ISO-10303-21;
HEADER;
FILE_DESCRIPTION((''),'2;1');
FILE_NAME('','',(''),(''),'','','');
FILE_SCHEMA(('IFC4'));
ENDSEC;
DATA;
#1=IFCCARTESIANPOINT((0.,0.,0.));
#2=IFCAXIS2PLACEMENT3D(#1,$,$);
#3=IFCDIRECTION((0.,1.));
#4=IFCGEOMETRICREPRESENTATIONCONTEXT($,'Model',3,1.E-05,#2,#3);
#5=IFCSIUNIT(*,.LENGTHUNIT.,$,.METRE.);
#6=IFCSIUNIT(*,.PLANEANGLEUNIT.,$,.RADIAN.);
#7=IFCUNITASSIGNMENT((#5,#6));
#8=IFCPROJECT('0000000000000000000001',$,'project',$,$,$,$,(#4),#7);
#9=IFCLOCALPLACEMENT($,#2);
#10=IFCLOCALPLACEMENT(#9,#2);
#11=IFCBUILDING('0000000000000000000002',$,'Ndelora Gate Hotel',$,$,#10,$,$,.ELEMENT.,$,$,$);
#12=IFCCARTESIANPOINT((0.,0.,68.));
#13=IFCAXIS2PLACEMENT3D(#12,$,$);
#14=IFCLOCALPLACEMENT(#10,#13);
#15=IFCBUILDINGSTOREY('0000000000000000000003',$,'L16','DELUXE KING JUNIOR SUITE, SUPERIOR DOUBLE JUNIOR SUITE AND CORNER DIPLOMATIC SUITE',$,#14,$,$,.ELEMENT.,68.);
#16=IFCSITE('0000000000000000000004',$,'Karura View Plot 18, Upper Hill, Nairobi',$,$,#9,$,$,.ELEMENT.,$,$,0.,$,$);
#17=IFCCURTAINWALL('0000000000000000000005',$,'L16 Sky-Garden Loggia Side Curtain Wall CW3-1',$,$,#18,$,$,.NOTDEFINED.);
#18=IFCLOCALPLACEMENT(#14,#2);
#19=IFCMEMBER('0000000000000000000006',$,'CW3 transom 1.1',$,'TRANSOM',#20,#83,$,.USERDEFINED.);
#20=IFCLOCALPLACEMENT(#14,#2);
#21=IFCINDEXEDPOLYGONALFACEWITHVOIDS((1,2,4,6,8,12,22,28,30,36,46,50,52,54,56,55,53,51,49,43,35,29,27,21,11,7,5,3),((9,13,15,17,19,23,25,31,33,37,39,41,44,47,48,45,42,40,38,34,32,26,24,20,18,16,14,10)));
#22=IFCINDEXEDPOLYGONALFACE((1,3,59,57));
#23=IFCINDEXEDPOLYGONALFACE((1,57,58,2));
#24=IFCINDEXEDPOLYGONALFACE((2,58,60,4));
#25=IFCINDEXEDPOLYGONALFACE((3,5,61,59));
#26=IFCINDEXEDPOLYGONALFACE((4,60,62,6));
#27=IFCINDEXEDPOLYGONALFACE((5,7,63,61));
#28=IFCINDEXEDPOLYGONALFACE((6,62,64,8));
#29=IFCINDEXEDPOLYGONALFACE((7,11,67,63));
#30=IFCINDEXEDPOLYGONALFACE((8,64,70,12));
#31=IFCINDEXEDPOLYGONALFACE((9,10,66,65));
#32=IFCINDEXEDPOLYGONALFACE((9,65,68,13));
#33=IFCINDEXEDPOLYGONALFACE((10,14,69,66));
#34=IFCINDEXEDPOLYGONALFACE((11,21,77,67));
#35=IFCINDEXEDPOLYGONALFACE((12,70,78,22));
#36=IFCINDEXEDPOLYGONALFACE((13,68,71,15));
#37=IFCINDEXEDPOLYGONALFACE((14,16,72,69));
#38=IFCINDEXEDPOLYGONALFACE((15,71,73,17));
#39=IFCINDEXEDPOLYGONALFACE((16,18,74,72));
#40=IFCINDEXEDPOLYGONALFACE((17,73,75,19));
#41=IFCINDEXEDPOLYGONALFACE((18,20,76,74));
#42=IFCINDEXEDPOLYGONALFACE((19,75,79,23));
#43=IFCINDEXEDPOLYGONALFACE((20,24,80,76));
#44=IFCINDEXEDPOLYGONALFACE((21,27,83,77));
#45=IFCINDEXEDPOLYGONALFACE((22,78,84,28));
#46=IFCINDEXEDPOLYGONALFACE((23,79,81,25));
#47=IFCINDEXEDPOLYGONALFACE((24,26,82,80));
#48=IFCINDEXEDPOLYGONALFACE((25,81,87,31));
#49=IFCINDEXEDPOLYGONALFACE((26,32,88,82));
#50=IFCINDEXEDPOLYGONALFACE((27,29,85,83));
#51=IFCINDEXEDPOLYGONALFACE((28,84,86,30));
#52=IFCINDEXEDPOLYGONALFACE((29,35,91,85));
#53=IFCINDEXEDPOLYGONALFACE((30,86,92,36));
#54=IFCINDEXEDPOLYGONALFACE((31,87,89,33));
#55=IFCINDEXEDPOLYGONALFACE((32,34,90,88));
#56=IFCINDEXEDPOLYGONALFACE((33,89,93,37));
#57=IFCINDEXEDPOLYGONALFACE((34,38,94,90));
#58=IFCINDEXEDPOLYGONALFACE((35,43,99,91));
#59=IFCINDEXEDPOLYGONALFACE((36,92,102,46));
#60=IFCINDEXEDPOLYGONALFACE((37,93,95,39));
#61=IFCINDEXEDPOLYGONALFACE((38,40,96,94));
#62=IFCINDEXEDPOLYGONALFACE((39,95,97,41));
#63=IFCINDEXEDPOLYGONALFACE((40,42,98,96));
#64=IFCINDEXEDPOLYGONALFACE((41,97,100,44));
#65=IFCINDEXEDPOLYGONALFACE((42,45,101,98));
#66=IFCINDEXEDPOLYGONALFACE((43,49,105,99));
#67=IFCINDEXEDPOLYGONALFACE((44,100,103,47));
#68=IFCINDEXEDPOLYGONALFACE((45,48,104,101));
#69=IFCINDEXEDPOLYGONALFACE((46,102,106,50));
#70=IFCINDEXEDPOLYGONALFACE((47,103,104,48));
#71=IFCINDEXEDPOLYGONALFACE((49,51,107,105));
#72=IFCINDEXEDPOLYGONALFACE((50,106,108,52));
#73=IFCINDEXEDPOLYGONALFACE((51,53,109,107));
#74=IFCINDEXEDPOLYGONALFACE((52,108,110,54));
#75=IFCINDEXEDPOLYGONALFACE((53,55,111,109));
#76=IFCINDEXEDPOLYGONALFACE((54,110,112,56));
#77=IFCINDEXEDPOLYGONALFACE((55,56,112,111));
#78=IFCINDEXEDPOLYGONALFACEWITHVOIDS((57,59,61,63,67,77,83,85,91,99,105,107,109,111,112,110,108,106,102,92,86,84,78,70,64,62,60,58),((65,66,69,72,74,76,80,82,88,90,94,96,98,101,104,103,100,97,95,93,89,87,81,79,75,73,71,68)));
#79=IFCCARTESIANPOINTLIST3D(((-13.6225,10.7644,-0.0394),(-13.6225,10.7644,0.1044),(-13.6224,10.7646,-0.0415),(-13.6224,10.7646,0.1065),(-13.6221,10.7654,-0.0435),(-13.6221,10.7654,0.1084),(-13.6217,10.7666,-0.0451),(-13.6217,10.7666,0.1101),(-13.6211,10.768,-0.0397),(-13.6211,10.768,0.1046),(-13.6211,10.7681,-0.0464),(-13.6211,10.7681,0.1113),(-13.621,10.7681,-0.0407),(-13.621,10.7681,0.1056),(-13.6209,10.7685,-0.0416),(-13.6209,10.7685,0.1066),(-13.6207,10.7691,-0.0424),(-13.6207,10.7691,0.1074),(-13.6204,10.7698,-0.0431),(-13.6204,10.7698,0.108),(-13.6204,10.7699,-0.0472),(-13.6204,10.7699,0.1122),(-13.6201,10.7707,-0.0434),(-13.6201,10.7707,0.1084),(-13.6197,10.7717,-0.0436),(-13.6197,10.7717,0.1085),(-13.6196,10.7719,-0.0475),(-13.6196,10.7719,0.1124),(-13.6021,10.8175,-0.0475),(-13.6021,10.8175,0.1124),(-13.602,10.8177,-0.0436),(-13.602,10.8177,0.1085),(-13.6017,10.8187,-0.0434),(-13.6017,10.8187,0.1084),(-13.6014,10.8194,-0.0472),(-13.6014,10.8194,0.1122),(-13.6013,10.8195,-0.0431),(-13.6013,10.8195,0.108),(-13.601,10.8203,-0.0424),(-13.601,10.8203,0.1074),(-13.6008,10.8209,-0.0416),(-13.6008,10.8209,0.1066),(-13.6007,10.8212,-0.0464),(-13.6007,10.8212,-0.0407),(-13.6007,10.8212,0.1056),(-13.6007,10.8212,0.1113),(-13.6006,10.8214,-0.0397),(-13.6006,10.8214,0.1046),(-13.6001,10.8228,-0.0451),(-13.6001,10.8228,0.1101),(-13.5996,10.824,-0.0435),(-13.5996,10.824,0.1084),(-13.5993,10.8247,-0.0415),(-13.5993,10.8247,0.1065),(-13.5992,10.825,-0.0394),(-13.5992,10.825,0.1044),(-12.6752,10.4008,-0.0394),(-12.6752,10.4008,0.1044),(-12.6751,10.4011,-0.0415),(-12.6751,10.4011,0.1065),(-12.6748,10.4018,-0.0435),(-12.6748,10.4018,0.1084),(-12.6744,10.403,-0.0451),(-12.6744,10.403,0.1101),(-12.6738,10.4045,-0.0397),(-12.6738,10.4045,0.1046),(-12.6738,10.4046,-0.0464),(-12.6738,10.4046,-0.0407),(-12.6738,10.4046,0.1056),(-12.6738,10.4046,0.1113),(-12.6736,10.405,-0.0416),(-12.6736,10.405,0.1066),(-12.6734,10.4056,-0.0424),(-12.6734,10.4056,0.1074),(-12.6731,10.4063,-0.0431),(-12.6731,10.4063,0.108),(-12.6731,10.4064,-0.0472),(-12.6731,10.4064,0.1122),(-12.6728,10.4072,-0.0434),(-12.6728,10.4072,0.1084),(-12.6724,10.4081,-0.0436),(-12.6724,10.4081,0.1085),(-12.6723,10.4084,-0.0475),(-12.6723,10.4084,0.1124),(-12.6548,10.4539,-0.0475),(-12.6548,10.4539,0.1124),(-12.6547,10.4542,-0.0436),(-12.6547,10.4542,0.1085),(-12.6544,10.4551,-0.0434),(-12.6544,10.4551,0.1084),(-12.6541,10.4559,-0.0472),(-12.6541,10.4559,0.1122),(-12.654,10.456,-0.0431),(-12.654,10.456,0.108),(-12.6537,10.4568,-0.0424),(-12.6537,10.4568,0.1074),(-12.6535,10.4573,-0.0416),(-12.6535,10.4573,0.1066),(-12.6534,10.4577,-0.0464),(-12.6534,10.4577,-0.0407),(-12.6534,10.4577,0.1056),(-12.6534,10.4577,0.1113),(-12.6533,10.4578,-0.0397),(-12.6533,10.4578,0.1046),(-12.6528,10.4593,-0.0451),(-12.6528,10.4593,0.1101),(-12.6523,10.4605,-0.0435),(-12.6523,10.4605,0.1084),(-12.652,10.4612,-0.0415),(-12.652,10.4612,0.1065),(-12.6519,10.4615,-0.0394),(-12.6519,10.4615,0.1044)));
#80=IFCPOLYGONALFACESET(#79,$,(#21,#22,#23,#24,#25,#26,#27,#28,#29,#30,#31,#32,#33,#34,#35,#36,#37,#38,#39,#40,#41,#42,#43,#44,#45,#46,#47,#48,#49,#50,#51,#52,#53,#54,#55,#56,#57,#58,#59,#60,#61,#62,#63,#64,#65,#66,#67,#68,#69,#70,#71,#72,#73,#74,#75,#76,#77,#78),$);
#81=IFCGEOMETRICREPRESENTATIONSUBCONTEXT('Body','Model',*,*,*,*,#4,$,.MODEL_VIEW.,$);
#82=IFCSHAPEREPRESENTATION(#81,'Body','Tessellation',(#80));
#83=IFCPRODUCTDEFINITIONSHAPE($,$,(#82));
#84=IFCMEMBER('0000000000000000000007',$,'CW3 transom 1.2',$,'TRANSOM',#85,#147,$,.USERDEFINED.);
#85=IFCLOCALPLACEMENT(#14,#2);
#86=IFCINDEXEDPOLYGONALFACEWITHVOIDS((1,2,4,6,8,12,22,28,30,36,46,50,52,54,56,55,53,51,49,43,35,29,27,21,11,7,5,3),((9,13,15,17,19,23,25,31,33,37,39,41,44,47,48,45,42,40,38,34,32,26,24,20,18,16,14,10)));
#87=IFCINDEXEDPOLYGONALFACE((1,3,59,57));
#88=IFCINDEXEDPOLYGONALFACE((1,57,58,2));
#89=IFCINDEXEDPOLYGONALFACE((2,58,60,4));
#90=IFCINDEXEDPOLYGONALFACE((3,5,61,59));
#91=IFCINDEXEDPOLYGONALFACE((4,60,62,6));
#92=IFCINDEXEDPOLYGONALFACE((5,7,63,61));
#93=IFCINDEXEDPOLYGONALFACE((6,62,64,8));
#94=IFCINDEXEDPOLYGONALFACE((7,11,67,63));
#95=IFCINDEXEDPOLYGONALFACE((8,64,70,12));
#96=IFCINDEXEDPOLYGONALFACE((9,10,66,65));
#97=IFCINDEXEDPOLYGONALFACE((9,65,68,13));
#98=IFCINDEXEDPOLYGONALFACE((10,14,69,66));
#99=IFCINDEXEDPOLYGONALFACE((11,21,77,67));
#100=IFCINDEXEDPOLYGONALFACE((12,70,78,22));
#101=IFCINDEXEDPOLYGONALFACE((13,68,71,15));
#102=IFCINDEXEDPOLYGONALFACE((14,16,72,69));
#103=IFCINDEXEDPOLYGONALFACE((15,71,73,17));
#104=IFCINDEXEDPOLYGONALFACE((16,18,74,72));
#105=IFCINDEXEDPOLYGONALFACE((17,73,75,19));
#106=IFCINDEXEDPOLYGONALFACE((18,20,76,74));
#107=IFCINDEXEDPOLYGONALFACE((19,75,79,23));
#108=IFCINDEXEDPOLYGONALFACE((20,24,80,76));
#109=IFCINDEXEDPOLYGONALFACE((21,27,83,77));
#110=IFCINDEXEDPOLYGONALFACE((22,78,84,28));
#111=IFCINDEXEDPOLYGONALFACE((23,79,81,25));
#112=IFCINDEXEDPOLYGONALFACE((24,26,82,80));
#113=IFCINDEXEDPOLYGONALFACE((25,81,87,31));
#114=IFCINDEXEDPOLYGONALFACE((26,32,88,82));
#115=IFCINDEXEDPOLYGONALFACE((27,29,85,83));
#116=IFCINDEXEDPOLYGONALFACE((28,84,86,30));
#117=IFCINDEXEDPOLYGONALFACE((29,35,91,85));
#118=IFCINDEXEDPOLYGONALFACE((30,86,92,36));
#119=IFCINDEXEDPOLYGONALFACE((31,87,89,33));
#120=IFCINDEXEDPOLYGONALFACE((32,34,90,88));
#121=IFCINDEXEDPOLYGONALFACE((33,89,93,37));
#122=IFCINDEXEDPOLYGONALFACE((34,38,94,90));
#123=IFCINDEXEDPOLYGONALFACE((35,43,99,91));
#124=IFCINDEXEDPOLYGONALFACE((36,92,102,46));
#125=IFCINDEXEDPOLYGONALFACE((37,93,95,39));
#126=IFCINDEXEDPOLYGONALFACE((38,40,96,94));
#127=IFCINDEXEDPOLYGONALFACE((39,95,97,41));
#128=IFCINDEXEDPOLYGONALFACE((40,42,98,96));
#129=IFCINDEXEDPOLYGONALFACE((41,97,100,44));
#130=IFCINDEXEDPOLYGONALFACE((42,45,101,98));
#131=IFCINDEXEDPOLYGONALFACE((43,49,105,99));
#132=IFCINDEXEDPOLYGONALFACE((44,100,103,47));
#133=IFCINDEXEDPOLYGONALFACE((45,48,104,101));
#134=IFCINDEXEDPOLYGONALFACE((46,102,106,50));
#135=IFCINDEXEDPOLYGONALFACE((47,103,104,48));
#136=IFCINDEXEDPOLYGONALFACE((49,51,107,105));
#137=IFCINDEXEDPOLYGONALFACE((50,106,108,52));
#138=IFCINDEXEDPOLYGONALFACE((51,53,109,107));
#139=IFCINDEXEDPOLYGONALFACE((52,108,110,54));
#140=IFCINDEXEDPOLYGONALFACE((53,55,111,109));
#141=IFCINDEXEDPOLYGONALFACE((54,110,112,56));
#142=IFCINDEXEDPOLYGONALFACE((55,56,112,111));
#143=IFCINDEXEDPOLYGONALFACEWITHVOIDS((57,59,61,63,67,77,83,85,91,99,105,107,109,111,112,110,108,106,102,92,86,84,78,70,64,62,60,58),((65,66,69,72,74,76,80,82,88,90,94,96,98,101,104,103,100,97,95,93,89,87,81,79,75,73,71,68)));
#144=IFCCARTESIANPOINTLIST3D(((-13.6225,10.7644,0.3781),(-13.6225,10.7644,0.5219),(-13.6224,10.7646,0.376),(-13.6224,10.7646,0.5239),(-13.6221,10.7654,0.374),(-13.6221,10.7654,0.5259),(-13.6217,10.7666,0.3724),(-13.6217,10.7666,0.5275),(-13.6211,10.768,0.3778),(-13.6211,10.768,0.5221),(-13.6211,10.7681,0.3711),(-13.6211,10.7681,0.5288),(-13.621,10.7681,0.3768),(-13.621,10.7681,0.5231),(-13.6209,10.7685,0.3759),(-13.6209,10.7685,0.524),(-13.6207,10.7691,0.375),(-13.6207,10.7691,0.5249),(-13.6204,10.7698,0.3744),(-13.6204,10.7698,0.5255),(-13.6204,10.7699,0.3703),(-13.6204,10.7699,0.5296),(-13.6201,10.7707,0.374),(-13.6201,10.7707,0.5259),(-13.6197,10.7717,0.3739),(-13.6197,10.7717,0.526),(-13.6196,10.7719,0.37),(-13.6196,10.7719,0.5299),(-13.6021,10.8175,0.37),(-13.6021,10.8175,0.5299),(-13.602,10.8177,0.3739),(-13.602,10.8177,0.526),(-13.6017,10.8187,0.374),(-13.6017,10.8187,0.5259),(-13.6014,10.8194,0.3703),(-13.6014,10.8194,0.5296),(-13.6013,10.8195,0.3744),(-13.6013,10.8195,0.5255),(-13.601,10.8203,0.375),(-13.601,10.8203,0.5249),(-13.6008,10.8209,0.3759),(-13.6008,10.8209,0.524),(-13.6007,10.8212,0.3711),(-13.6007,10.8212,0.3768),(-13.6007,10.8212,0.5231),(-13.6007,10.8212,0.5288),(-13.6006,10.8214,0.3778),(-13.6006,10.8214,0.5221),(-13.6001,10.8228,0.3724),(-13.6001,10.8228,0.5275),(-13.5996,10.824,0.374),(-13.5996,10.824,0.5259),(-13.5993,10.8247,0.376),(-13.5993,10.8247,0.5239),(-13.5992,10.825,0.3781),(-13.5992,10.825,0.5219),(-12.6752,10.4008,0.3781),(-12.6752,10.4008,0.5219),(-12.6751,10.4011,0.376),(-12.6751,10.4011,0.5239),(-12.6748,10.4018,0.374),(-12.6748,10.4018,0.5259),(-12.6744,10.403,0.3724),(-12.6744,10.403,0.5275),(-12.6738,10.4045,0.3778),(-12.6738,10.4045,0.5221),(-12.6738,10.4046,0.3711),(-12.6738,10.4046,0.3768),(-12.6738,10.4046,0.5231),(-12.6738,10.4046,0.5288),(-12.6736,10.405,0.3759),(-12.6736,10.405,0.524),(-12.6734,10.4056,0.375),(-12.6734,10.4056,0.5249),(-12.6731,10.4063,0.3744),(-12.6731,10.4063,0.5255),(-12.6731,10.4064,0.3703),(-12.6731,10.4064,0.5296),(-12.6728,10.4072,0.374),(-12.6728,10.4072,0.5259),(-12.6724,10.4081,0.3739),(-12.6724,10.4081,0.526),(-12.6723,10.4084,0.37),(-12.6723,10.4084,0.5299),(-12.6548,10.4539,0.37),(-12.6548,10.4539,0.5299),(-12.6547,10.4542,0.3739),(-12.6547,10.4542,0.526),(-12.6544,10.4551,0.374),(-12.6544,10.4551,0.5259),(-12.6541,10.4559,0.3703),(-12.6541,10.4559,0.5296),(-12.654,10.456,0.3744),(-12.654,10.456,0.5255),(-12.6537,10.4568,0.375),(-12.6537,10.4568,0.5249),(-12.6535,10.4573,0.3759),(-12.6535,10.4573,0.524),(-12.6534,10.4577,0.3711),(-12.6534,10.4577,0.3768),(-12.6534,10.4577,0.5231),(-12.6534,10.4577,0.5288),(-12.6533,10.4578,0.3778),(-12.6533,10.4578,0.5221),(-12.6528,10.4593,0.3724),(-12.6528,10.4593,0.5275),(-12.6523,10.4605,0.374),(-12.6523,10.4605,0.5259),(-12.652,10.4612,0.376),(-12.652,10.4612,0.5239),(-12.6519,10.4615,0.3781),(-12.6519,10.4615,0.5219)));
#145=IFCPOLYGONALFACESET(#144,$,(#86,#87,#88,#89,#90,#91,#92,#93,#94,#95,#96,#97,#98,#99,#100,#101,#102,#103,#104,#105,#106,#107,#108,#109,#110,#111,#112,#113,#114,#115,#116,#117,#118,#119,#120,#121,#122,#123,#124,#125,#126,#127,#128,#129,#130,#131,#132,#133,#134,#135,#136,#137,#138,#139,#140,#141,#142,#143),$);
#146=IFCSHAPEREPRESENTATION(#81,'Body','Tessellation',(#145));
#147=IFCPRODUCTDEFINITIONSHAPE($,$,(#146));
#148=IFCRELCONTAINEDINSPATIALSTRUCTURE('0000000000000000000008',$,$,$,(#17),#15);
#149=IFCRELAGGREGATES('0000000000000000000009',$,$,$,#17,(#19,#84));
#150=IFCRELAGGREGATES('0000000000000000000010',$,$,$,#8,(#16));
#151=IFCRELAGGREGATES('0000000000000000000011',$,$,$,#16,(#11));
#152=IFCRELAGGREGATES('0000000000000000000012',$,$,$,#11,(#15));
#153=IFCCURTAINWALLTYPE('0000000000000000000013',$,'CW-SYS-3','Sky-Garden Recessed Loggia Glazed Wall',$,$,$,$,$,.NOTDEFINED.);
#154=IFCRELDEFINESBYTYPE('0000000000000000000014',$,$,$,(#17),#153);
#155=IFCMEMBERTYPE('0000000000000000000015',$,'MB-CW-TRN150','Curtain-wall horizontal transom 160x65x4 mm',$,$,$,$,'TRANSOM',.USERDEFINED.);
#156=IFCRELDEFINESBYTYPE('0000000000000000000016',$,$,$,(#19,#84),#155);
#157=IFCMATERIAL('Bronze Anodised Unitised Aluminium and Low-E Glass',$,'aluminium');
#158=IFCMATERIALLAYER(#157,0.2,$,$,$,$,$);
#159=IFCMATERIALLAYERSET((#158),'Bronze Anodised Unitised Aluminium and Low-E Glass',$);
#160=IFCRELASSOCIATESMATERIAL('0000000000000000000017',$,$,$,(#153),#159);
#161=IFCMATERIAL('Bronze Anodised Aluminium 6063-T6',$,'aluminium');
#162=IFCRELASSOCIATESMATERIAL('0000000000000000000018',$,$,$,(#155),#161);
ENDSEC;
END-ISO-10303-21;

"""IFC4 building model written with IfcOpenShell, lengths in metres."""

from ifc_helpers import new_model, si_unit, direction, frame, origin, origin_2d, place, context, subcontext, project, spatial, hollow_rectangle, extrude, material, layer, layer_set, material_profile, profile_set, type_object, element, aggregate, save


model = new_model("IFC4")

# Units and contexts
model_context = context("Model", 3, precision=1e-05, world=origin(), true_north=direction((0.0, 1.0)))
body_context = subcontext(model_context, "Body", "Model", "MODEL_VIEW")
ifc_project = project(units=[si_unit("LENGTHUNIT", "METRE"), si_unit("PLANEANGLEUNIT", "RADIAN")], contexts=[model_context])

# Site, building, storey
site_placement = place(None, origin())
site = spatial("IfcSite", under=ifc_project, at=site_placement, Name="Karura View Plot 18, Upper Hill, Nairobi", CompositionType="ELEMENT", RefElevation=0.0)
building_placement = place(site_placement, origin())
building = spatial("IfcBuilding", under=site, at=building_placement, Name="Ndelora Gate Hotel", CompositionType="ELEMENT")
storey_placement = place(building_placement, frame((0.0, 0.0, 68.0)))
storey = spatial("IfcBuildingStorey", under=building, at=storey_placement, Name="L16", Description="DELUXE KING JUNIOR SUITE, SUPERIOR DOUBLE JUNIOR SUITE AND CORNER DIPLOMATIC SUITE", CompositionType="ELEMENT", Elevation=68.0)

# Curtain wall, members
ifc_material_1 = material(Name="Bronze Anodised Unitised Aluminium and Low-E Glass", Category="aluminium")
ifc_layer_1 = layer(ifc_material_1, 0.2)
ifc_layer_set_1 = layer_set([ifc_layer_1], Name="Bronze Anodised Unitised Aluminium and Low-E Glass")
curtain_wall_type = type_object("IfcCurtainWallType", Name="CW-SYS-3", Description="Sky-Garden Recessed Loggia Glazed Wall", PredefinedType="NOTDEFINED", material=ifc_layer_set_1)
curtain_wall_placement = place(storey_placement, origin())
curtain_wall = element("IfcCurtainWall", 1, at=curtain_wall_placement, inside=storey, type_object=curtain_wall_type, Name="L16 Sky-Garden Loggia Side Curtain Wall CW3-1", PredefinedType="NOTDEFINED")
ifc_material_2 = material(Name="Bronze Anodised Aluminium 6063-T6", Category="aluminium")
ifc_material_profile_1 = material_profile(ifc_material_2, hollow_rectangle(XDim=0.0649, YDim=0.1599, WallThickness=0.0039, InnerFilletRadius=0.0039, OuterFilletRadius=0.0081, at=origin_2d()), Name="ALU 160x65x4")
ifc_profile_set_1 = profile_set([ifc_material_profile_1], Name="Bronze Anodised Aluminium 6063-T6")
member_type_1 = type_object("IfcMemberType", Name="MB-CW-TRN150", Description="Curtain-wall horizontal transom 160x65x4 mm", ElementType="TRANSOM", PredefinedType="USERDEFINED", material=ifc_profile_set_1)
member_1_placement = place(storey_placement, frame((-12.6636, 10.4312, 0.0325), z_axis=(-0.933612, 0.358286, 0.0), x_axis=(-0.358286, -0.933612, 0.0)))
member_1 = element("IfcMember", 2, at=member_1_placement, type_object=member_type_1, Name="CW3 transom 1.1", ObjectType="TRANSOM", PredefinedType="USERDEFINED", context=body_context, shape_type="SweptSolid", body=[
    extrude(hollow_rectangle(XDim=0.0649, YDim=0.1599, WallThickness=0.0039, InnerFilletRadius=0.0039, OuterFilletRadius=0.0081, at=origin_2d()), origin(), (0.0, 0.0, 1.0), 1.0146),
])
member_2_placement = place(storey_placement, frame((-12.6636, 10.4312, 0.45), z_axis=(-0.933612, 0.358286, 0.0), x_axis=(-0.358286, -0.933612, 0.0)))
member_2 = element("IfcMember", 3, at=member_2_placement, type_object=member_type_1, Name="CW3 transom 1.2", ObjectType="TRANSOM", PredefinedType="USERDEFINED", context=body_context, shape_type="SweptSolid", body=[
    extrude(hollow_rectangle(XDim=0.0649, YDim=0.1599, WallThickness=0.0039, InnerFilletRadius=0.0039, OuterFilletRadius=0.0081, at=origin_2d()), origin(), (0.0, 0.0, 1.0), 1.0146),
])
aggregate(curtain_wall, [member_1, member_2])

save(model, "model.ifc")
